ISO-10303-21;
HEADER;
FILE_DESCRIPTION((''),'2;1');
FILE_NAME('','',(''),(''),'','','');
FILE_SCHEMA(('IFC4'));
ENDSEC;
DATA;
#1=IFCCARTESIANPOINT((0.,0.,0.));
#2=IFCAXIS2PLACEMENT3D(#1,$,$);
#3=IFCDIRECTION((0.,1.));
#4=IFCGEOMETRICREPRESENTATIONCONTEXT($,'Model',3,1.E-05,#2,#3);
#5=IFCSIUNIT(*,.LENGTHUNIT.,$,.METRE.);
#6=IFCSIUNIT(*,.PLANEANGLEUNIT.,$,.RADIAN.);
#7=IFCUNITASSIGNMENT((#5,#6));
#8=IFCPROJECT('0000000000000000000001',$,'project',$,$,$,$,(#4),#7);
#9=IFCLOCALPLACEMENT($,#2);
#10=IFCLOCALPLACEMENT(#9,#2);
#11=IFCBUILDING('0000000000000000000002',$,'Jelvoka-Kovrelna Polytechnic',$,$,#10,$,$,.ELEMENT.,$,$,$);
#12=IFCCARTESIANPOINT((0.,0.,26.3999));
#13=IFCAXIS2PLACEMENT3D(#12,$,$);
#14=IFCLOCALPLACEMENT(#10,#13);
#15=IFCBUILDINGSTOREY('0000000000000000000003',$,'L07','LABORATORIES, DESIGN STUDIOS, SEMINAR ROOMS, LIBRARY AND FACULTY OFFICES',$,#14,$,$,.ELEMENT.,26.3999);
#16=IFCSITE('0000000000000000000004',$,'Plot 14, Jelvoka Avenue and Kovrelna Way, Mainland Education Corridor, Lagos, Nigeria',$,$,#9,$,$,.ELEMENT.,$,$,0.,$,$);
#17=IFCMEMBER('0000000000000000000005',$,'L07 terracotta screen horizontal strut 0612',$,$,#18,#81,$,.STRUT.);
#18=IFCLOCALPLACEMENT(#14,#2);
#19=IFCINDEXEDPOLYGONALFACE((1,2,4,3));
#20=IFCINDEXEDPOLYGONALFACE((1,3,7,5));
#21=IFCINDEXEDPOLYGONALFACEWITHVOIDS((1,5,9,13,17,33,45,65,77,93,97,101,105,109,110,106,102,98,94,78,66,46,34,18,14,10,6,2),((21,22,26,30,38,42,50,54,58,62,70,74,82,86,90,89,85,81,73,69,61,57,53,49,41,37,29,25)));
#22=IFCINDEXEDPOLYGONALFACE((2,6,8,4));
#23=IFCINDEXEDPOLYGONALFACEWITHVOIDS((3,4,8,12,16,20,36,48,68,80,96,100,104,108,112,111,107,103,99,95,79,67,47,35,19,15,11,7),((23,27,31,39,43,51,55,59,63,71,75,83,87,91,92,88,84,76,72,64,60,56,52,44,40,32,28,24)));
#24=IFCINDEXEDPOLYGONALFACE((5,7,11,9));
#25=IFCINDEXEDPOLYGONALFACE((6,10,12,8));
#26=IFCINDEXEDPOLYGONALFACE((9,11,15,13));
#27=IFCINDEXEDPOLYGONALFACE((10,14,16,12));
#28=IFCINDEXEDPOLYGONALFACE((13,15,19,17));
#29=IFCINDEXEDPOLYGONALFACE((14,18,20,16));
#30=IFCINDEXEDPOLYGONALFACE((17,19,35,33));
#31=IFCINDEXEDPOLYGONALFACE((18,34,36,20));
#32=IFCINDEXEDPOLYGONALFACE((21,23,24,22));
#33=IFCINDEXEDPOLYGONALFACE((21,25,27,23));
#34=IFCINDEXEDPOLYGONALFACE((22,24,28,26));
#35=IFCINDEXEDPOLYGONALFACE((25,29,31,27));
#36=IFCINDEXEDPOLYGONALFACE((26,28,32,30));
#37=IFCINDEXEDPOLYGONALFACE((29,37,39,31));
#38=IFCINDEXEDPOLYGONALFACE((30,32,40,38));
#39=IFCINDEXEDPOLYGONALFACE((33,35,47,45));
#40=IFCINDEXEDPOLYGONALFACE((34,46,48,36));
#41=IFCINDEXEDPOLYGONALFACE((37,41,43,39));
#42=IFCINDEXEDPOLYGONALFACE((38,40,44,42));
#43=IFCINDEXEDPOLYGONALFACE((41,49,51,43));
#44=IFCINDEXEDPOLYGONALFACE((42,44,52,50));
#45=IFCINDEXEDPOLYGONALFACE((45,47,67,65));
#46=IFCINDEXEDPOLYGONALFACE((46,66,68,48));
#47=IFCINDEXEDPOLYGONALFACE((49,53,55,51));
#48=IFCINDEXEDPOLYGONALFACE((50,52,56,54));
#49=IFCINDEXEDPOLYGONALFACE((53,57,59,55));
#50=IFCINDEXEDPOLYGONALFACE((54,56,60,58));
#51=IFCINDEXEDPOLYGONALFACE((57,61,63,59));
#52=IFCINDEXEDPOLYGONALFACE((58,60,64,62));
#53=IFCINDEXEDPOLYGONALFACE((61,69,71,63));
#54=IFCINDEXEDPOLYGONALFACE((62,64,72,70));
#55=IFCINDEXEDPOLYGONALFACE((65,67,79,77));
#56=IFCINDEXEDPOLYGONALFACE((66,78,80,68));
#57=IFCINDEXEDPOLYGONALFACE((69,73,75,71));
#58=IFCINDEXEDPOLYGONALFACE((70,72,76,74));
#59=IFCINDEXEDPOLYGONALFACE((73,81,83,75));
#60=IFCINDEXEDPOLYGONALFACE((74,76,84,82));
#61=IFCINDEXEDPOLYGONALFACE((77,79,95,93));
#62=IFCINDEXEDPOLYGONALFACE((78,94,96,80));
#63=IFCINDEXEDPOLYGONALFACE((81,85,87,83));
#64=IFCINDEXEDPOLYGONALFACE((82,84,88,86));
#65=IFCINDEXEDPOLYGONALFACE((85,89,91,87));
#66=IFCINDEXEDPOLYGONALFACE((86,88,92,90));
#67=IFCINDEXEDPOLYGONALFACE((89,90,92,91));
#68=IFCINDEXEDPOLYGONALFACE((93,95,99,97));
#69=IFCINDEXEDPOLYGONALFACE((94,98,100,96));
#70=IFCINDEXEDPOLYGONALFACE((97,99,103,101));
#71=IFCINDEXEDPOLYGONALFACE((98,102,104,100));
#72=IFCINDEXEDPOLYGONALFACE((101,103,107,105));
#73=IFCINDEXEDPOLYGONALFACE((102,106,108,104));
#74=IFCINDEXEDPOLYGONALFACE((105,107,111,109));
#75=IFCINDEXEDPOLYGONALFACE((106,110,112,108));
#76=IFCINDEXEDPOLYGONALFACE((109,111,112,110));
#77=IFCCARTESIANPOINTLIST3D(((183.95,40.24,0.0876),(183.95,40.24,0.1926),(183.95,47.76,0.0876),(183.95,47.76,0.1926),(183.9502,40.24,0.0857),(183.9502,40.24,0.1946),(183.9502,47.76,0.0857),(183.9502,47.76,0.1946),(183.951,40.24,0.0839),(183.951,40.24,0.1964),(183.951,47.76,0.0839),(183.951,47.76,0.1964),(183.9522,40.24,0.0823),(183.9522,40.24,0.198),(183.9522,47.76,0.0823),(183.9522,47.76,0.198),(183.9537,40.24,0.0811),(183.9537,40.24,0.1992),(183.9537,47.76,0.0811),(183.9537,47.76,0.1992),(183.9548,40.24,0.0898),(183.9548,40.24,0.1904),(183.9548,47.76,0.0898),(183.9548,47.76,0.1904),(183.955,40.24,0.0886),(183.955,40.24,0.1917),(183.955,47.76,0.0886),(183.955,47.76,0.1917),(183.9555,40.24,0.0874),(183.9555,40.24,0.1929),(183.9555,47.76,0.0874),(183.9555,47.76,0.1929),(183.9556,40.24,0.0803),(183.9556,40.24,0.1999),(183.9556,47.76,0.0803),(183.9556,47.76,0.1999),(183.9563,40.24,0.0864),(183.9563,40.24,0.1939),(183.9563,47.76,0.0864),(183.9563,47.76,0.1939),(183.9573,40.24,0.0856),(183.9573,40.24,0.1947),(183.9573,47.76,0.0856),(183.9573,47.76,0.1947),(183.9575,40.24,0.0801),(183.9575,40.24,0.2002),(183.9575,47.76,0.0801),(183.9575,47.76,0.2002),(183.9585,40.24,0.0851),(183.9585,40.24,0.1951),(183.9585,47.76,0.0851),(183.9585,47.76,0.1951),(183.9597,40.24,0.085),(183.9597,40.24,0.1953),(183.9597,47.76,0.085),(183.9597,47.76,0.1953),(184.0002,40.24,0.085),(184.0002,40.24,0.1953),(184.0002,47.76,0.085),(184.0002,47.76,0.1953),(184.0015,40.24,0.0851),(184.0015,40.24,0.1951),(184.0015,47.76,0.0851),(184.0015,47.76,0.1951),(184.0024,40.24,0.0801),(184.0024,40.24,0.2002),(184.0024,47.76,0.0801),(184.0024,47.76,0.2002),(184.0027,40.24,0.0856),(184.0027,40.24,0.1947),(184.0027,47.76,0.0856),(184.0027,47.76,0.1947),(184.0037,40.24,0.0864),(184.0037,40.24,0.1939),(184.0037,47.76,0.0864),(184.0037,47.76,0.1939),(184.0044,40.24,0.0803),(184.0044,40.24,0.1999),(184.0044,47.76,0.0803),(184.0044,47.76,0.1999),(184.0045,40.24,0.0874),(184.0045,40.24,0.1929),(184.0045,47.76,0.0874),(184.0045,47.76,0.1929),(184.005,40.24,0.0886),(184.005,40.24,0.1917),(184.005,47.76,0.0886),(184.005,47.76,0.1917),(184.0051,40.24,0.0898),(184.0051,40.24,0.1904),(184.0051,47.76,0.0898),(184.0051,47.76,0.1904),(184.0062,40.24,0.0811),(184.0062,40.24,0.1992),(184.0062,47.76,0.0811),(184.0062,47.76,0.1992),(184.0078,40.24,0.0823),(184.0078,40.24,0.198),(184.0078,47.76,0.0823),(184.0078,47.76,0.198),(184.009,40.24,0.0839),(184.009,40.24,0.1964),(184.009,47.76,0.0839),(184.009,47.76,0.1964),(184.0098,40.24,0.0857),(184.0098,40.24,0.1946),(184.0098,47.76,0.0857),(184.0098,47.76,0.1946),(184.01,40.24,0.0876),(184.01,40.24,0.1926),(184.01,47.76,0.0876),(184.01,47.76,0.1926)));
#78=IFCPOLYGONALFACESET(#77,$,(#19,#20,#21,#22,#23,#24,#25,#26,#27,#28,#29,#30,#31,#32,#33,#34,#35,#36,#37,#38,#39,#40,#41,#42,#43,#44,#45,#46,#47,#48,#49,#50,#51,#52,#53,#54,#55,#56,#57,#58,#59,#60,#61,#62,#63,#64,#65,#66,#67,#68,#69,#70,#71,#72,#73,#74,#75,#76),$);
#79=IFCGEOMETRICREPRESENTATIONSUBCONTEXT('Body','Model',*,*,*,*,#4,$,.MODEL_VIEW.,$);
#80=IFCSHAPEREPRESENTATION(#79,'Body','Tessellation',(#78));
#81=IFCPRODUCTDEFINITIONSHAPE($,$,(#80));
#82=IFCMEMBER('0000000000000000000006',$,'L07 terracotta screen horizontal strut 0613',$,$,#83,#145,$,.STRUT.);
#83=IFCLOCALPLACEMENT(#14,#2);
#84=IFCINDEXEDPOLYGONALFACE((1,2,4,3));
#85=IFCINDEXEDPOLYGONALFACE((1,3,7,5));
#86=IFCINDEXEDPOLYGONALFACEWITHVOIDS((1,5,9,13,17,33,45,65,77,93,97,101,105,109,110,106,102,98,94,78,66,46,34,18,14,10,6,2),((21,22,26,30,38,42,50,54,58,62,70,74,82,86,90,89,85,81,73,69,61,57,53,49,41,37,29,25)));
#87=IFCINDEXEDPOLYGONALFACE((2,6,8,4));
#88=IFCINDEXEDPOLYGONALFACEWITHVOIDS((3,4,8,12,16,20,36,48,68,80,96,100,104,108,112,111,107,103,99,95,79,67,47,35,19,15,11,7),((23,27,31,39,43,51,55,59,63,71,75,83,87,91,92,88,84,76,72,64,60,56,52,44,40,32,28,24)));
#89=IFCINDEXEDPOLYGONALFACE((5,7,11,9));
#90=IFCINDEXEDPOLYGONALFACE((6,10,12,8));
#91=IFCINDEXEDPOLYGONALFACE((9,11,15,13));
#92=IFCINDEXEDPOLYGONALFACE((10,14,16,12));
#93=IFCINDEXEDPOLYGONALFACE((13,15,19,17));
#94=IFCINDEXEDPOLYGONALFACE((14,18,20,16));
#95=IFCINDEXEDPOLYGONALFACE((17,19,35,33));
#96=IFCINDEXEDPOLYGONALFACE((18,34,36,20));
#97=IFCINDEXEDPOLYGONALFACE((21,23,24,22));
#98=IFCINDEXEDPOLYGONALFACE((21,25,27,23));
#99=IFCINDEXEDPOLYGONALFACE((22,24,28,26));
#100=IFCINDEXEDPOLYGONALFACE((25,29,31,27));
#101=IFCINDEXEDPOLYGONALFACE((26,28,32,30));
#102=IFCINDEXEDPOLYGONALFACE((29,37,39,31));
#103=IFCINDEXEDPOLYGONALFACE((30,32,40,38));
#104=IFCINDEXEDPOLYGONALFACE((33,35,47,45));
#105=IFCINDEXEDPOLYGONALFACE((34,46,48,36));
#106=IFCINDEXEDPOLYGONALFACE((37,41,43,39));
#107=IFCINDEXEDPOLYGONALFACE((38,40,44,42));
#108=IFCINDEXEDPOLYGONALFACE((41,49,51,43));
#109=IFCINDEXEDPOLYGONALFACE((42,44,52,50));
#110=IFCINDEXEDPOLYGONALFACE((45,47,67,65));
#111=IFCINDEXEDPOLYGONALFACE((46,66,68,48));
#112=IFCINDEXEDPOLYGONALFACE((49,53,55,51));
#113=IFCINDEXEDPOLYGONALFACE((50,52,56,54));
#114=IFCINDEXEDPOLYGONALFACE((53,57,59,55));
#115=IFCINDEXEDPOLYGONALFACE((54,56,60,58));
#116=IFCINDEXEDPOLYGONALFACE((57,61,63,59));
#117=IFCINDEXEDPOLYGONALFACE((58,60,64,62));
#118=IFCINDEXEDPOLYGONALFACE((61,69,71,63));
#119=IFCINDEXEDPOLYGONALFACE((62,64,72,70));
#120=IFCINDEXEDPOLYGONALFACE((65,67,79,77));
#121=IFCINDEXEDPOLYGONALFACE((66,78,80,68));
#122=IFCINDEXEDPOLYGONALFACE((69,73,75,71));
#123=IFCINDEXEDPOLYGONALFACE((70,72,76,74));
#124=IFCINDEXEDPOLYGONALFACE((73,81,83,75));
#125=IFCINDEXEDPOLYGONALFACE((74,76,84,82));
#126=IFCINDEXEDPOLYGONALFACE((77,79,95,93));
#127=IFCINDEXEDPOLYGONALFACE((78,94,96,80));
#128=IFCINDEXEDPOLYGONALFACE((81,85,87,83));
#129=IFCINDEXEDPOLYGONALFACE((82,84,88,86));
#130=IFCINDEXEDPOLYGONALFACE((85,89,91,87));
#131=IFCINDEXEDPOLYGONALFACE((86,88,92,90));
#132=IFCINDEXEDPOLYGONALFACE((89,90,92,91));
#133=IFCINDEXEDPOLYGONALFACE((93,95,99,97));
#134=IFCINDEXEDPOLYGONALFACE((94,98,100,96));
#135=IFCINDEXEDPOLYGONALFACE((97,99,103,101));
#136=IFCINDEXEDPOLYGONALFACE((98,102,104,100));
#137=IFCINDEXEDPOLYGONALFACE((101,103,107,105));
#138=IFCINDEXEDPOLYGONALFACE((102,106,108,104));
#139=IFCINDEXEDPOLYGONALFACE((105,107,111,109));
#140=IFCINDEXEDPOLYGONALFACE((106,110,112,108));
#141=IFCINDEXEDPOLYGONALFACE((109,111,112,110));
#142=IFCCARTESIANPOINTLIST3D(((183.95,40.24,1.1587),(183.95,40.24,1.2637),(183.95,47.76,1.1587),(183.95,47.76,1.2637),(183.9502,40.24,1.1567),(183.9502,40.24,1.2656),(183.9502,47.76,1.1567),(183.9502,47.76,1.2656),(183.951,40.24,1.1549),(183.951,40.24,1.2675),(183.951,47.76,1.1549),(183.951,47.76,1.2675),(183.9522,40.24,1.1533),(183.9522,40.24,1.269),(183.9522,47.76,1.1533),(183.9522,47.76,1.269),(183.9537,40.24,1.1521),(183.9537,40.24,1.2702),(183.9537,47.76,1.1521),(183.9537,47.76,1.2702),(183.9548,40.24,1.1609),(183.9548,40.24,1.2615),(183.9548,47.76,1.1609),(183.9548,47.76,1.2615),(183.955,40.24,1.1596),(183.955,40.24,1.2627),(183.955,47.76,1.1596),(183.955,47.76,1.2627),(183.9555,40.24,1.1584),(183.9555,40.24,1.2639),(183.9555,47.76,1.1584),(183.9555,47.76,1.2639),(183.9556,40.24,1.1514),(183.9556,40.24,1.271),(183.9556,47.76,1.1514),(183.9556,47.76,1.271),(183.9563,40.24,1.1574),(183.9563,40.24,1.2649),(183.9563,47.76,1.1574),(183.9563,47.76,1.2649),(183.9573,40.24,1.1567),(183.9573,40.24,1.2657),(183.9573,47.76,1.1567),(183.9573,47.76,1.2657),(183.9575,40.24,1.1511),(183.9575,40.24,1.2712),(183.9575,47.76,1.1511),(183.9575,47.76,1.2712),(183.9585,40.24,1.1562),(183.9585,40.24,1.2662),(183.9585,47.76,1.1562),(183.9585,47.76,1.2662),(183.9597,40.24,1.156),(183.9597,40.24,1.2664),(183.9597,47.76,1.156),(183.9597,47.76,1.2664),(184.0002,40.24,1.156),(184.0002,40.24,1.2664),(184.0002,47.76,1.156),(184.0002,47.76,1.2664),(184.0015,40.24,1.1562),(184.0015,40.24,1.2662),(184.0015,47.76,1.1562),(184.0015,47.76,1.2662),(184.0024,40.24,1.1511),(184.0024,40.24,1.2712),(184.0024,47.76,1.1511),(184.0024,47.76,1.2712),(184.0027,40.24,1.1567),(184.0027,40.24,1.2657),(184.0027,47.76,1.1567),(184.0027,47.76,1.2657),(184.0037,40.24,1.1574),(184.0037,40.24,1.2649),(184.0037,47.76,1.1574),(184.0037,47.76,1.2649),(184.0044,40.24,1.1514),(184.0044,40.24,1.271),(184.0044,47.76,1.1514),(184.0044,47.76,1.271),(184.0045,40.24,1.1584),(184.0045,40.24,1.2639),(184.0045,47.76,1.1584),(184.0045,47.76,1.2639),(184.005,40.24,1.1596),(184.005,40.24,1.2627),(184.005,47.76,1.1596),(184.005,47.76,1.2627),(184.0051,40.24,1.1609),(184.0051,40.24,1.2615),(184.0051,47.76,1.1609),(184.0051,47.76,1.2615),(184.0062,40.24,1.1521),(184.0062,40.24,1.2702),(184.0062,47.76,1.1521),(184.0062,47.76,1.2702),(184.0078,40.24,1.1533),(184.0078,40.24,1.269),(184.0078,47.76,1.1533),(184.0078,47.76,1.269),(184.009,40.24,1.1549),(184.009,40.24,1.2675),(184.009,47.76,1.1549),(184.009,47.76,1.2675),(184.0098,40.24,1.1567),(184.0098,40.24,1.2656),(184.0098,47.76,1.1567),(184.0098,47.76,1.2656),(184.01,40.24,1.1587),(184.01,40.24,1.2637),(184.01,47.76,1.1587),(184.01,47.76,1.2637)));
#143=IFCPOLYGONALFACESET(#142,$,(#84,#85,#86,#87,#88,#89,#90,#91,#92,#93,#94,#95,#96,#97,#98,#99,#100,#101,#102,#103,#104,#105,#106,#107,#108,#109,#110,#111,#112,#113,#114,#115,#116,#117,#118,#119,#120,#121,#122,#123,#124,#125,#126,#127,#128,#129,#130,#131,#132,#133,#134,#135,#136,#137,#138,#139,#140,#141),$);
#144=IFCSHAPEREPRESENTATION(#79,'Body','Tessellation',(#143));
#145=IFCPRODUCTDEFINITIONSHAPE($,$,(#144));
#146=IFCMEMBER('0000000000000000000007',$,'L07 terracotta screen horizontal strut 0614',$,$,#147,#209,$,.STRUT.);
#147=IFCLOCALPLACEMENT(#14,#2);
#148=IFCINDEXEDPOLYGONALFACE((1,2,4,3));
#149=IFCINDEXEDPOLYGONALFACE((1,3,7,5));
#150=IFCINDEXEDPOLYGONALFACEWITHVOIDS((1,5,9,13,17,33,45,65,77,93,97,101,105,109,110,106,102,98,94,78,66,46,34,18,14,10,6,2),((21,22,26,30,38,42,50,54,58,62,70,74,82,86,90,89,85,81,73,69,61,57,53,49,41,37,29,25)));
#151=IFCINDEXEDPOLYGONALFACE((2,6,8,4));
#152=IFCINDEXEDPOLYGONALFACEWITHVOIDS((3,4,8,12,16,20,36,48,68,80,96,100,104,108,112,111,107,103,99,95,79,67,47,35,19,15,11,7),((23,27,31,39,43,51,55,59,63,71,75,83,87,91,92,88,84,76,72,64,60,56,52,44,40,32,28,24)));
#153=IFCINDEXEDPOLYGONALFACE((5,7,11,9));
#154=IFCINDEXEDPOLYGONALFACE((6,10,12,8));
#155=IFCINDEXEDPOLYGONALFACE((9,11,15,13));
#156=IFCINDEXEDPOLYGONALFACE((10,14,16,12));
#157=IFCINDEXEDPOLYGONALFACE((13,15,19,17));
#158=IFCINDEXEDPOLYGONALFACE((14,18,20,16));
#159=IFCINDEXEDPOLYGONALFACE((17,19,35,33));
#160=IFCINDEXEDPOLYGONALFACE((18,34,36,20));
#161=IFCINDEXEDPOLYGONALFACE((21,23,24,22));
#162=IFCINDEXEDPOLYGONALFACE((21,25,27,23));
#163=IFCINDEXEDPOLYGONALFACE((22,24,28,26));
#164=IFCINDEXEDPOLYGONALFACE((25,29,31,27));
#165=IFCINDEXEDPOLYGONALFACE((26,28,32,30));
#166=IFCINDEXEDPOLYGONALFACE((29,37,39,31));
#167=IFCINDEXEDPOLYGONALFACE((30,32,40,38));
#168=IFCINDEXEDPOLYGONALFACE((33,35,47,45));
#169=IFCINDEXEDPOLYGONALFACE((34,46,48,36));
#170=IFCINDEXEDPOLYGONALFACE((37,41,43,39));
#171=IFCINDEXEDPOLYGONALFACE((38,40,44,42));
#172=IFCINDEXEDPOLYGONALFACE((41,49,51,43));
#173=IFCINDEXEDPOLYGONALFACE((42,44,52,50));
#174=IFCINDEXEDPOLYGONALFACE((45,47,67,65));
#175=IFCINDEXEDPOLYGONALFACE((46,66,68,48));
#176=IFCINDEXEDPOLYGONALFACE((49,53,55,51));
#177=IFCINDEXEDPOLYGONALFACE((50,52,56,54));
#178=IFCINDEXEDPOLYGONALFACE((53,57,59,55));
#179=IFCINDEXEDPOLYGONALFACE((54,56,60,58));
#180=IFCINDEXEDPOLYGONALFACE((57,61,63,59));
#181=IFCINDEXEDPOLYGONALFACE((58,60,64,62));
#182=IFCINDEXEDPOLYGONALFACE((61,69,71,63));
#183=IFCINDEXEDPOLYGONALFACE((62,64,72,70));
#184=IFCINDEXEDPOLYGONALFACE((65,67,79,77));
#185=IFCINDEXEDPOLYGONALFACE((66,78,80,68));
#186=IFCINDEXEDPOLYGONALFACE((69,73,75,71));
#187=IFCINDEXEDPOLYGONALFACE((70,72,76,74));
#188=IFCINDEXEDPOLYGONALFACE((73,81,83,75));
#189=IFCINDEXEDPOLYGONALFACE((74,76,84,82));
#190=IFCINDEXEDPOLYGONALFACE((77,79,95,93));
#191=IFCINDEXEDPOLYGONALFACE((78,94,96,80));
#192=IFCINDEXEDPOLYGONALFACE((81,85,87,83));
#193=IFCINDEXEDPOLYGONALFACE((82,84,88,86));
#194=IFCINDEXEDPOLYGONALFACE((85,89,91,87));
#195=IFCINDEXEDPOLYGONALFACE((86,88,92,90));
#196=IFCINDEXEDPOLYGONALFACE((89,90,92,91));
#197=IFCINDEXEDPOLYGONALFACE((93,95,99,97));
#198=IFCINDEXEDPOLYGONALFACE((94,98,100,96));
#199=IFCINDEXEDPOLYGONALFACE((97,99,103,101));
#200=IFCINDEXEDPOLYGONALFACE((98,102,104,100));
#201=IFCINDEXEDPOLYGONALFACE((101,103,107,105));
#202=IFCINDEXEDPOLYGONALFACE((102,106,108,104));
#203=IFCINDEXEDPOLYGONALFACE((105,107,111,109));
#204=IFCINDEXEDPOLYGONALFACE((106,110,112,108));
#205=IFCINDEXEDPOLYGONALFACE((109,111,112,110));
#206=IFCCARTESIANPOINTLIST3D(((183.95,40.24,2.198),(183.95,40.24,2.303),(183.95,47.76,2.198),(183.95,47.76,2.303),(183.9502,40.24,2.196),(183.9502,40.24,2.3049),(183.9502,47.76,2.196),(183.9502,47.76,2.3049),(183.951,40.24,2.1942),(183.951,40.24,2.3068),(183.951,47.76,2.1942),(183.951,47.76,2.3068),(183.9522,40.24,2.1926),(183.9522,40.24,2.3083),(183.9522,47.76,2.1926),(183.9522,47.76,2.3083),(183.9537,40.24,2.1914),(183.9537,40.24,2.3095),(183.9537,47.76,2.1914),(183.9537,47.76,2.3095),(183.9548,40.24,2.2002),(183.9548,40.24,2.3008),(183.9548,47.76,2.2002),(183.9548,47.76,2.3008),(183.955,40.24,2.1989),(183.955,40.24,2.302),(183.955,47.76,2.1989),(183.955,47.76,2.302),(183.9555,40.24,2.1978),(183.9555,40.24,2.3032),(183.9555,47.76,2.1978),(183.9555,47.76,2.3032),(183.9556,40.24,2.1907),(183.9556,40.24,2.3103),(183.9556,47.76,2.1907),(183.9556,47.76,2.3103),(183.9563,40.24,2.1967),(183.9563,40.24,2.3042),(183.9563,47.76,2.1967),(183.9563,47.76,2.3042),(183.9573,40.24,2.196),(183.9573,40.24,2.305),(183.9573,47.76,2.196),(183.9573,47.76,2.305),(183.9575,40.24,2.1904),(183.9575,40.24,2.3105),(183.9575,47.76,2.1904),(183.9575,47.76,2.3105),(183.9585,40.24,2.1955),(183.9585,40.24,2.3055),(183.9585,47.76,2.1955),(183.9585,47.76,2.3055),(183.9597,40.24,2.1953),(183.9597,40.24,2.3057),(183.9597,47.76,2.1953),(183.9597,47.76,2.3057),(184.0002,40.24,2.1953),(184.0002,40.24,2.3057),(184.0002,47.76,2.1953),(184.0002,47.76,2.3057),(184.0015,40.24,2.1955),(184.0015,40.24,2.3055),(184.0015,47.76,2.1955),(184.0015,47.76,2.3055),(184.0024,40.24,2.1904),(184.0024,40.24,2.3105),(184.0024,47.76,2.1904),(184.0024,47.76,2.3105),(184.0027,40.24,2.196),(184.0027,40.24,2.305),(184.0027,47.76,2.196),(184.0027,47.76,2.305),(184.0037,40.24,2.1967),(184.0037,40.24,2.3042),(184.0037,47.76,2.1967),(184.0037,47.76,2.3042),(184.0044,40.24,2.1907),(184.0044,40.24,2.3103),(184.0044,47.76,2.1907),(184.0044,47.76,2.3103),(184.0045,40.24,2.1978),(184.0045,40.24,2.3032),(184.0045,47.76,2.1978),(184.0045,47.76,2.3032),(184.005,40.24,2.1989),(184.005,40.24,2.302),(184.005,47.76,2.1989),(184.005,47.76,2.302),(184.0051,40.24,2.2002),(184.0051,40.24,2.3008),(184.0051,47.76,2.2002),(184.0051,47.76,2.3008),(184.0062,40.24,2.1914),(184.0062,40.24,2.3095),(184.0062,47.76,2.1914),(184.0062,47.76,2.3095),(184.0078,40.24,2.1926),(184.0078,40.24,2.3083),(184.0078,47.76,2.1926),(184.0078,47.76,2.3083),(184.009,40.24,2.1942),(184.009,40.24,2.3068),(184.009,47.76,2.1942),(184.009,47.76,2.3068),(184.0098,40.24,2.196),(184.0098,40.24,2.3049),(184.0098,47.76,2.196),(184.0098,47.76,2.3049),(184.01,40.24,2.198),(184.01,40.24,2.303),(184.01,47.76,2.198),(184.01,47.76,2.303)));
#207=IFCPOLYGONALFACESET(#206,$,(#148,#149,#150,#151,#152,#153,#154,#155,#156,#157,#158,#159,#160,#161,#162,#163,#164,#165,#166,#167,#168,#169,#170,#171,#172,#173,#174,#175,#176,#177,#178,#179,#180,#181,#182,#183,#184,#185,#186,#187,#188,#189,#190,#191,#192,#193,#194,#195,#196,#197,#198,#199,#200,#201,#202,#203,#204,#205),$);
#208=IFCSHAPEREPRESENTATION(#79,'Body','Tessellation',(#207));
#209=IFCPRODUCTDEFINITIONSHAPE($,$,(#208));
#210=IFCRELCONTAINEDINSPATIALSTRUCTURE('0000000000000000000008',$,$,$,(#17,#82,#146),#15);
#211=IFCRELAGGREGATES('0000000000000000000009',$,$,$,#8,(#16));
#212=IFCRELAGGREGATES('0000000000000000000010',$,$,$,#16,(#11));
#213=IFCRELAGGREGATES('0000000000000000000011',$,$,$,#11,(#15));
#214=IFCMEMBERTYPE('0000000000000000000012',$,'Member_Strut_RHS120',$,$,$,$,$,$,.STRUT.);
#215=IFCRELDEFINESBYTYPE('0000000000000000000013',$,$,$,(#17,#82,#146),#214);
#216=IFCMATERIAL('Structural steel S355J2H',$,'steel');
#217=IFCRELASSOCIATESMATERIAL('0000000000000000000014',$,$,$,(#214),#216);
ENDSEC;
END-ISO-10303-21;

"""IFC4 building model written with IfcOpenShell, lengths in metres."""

from ifc_helpers import new_model, si_unit, direction, frame, origin, origin_2d, place, context, subcontext, project, spatial, hollow_rectangle, extrude, material, material_profile, profile_set, type_object, element, save


model = new_model("IFC4")

# Units and contexts
model_context = context("Model", 3, precision=1e-05, world=origin(), true_north=direction((0.0, 1.0)))
body_context = subcontext(model_context, "Body", "Model", "MODEL_VIEW")
ifc_project = project(units=[si_unit("LENGTHUNIT", "METRE"), si_unit("PLANEANGLEUNIT", "RADIAN")], contexts=[model_context])

# Site, building, storey
site_placement = place(None, origin())
site = spatial("IfcSite", under=ifc_project, at=site_placement, Name="Plot 14, Jelvoka Avenue and Kovrelna Way, Mainland Education Corridor, Lagos, Nigeria", CompositionType="ELEMENT", RefElevation=0.0)
building_placement = place(site_placement, origin())
building = spatial("IfcBuilding", under=site, at=building_placement, Name="Jelvoka-Kovrelna Polytechnic", CompositionType="ELEMENT")
storey_placement = place(building_placement, frame((0.0, 0.0, 26.3999)))
storey = spatial("IfcBuildingStorey", under=building, at=storey_placement, Name="L07", Description="LABORATORIES, DESIGN STUDIOS, SEMINAR ROOMS, LIBRARY AND FACULTY OFFICES", CompositionType="ELEMENT", Elevation=26.3999)

# Members
ifc_material_1 = material(Name="Structural steel S355J2H", Category="steel")
ifc_material_profile_1 = material_profile(ifc_material_1, hollow_rectangle(XDim=0.0601, YDim=0.1201, WallThickness=0.0049, InnerFilletRadius=0.0049, OuterFilletRadius=0.0076, at=origin_2d()), Name="120x60x5.0 RHS")
ifc_profile_set_1 = profile_set([ifc_material_profile_1], Name="Structural steel S355J2H")
member_type_1 = type_object("IfcMemberType", Name="Member_Strut_RHS120", PredefinedType="STRUT", material=ifc_profile_set_1)
for number, where, z_axis, x_axis, name in (
    (1, (183.98, 40.24, 0.1401), (0.0, 1.0, 0.0), (-1.0, 0.0, 0.0), "L07 terracotta screen horizontal strut 0612"),
    (2, (183.98, 40.24, 1.2112), (0.0, 1.0, 0.0), (-1.0, 0.0, 0.0), "L07 terracotta screen horizontal strut 0613"),
    (3, (183.98, 40.24, 2.2505), (0.0, 1.0, 0.0), (-1.0, 0.0, 0.0), "L07 terracotta screen horizontal strut 0614"),
):
    element("IfcMember", number, at=place(storey_placement, frame(where, z_axis=z_axis, x_axis=x_axis)), inside=storey, type_object=member_type_1, Name=name, PredefinedType="STRUT", context=body_context, shape_type="SweptSolid", body=[
        extrude(hollow_rectangle(XDim=0.0601, YDim=0.1201, WallThickness=0.0049, InnerFilletRadius=0.0049, OuterFilletRadius=0.0076, at=origin_2d()), origin(), (0.0, 0.0, 1.0), 7.52),
    ])

save(model, "model.ifc")
